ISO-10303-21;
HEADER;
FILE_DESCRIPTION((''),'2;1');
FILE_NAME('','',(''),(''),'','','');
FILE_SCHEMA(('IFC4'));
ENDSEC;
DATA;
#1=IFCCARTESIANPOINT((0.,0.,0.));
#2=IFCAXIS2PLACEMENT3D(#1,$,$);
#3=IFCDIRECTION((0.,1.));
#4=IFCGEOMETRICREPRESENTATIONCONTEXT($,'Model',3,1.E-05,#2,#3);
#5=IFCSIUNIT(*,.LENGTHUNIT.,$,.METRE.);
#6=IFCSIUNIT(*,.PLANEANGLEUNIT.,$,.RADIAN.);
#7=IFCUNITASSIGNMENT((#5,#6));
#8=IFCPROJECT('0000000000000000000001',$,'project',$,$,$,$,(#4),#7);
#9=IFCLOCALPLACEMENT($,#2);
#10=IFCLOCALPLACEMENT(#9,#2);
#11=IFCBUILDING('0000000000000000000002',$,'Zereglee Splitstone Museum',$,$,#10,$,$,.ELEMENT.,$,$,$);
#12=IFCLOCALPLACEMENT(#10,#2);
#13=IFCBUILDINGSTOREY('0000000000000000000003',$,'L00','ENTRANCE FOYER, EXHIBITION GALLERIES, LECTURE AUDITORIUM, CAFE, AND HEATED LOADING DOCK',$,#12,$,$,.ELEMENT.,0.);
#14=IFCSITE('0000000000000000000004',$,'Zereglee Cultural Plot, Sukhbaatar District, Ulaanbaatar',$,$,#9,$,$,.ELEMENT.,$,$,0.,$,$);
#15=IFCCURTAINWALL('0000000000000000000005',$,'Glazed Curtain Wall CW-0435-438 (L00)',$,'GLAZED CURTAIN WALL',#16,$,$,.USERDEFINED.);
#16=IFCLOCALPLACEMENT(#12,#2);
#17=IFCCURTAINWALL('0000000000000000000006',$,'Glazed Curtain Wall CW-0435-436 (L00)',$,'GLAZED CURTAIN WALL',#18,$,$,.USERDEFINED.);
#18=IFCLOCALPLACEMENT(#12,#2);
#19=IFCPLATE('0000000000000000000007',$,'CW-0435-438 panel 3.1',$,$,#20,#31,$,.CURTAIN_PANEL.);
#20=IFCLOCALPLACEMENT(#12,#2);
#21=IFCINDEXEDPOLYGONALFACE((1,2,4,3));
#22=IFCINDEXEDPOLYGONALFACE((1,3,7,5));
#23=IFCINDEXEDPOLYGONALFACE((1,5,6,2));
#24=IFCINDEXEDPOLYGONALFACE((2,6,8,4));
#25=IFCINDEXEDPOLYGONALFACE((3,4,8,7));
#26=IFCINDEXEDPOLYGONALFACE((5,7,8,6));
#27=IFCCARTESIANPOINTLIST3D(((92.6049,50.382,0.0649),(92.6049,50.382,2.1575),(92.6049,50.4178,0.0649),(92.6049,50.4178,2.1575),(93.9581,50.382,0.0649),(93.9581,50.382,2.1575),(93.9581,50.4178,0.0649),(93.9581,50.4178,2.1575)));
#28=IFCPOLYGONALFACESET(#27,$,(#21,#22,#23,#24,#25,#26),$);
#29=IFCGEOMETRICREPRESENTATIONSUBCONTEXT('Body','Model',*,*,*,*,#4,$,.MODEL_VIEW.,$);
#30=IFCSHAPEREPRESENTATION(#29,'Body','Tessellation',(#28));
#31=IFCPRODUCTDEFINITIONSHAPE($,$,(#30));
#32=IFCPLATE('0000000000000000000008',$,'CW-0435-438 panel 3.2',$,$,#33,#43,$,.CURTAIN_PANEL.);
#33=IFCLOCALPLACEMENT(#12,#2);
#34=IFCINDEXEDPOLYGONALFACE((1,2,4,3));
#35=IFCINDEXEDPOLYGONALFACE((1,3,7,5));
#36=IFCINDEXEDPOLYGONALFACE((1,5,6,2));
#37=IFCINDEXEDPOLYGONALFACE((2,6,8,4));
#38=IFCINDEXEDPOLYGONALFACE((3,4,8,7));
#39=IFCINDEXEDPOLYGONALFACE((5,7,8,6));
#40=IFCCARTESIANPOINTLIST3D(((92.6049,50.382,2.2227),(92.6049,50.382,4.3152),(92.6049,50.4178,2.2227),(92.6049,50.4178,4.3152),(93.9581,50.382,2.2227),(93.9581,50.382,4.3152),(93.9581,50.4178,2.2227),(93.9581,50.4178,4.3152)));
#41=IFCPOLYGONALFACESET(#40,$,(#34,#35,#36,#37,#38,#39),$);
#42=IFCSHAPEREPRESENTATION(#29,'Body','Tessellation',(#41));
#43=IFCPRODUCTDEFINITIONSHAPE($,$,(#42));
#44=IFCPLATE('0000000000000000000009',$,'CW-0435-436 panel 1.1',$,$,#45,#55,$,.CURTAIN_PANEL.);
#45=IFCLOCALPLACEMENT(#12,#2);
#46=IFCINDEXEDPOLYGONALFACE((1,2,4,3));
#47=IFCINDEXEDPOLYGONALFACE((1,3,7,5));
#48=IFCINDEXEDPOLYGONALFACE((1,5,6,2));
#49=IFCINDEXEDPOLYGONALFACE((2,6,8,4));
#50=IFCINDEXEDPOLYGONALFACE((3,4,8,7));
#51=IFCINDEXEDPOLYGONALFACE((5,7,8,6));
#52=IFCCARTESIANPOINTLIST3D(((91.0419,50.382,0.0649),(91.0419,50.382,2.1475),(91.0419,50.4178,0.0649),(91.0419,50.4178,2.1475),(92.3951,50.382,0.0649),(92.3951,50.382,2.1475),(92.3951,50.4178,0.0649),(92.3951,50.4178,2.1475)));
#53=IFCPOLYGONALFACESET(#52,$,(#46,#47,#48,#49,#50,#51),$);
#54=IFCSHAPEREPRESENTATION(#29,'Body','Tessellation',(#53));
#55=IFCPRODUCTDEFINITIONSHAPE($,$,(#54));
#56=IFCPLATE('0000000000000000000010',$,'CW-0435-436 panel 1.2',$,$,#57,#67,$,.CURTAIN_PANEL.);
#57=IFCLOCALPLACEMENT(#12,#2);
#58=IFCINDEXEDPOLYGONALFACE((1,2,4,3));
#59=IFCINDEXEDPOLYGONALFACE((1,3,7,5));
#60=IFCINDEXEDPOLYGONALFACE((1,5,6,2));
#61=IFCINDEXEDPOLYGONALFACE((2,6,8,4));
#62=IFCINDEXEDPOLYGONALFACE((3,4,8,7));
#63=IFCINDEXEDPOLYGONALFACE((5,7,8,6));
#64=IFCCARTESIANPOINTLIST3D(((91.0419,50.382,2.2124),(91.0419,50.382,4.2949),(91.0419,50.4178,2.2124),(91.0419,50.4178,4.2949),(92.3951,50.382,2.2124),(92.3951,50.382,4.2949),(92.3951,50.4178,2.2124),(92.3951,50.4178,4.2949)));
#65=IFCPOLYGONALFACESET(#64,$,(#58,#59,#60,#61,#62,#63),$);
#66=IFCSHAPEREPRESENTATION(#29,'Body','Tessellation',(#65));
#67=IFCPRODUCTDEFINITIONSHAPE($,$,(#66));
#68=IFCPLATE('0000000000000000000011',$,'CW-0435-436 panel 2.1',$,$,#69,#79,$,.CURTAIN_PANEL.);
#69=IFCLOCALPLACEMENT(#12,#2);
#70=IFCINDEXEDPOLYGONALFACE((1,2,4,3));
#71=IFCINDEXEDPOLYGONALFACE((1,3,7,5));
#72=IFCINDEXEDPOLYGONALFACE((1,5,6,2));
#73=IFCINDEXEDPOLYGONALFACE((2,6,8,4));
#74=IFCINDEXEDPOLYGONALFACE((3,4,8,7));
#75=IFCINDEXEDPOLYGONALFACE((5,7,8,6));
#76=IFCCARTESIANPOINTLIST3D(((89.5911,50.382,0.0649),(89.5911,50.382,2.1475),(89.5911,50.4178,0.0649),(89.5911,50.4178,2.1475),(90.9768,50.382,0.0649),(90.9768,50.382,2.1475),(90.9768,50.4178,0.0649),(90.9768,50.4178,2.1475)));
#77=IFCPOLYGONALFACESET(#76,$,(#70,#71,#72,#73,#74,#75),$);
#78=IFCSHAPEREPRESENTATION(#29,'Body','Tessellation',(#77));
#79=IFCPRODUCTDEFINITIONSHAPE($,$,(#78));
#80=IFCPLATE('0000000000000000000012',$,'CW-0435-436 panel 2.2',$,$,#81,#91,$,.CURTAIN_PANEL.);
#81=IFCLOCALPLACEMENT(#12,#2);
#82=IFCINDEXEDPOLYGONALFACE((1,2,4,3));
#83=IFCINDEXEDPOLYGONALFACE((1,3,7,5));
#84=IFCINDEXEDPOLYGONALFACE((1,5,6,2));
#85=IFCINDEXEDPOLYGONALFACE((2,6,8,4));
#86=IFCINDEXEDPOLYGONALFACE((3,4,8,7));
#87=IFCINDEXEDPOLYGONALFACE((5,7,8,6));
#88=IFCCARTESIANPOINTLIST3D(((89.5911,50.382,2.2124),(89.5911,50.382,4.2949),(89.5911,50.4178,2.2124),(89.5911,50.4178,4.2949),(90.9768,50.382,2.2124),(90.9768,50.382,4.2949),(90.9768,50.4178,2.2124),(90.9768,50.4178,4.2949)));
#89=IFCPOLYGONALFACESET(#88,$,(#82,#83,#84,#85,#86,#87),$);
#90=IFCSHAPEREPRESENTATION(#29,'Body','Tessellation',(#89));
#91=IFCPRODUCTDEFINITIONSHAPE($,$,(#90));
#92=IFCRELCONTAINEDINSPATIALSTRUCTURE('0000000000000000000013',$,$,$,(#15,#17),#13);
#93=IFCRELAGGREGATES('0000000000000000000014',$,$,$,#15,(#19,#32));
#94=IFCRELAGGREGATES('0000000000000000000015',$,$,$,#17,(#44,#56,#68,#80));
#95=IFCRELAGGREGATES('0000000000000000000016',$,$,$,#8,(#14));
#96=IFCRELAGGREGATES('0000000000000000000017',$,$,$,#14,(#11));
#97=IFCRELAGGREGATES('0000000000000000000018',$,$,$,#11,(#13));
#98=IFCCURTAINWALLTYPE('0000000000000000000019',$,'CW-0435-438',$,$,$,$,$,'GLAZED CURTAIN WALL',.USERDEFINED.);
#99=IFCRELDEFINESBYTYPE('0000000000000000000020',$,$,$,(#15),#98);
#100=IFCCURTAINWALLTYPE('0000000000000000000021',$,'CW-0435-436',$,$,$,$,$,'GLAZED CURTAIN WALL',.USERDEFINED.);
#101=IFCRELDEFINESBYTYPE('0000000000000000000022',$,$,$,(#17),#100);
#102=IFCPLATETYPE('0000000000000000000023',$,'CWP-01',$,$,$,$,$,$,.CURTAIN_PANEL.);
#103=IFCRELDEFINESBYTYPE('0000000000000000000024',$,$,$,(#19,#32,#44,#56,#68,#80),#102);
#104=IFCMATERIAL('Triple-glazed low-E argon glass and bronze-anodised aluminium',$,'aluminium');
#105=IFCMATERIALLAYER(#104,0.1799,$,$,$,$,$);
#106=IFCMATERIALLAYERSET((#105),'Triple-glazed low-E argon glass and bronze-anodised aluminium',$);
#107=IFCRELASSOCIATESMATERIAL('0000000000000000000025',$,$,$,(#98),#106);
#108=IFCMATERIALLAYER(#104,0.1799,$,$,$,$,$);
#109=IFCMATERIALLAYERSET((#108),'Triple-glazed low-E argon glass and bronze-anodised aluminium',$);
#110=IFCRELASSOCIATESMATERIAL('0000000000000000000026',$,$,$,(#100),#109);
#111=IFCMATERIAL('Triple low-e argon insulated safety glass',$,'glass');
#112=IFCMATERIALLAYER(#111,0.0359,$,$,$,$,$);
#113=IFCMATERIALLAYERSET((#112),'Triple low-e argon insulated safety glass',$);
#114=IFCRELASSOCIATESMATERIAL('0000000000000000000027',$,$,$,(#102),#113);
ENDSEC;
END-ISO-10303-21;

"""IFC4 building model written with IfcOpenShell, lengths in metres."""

from ifc_helpers import new_model, si_unit, direction, frame, origin, origin_2d, place, context, subcontext, project, spatial, rectangle, extrude, material, layer, layer_set, type_object, element, aggregate, save


model = new_model("IFC4")

# Units and contexts
model_context = context("Model", 3, precision=1e-05, world=origin(), true_north=direction((0.0, 1.0)))
body_context = subcontext(model_context, "Body", "Model", "MODEL_VIEW")
ifc_project = project(units=[si_unit("LENGTHUNIT", "METRE"), si_unit("PLANEANGLEUNIT", "RADIAN")], contexts=[model_context])

# Site, building, storey
site_placement = place(None, origin())
site = spatial("IfcSite", under=ifc_project, at=site_placement, Name="Zereglee Cultural Plot, Sukhbaatar District, Ulaanbaatar", CompositionType="ELEMENT", RefElevation=0.0)
building_placement = place(site_placement, origin())
building = spatial("IfcBuilding", under=site, at=building_placement, Name="Zereglee Splitstone Museum", CompositionType="ELEMENT")
storey_placement = place(building_placement, origin())
storey = spatial("IfcBuildingStorey", under=building, at=storey_placement, Name="L00", Description="ENTRANCE FOYER, EXHIBITION GALLERIES, LECTURE AUDITORIUM, CAFE, AND HEATED LOADING DOCK", CompositionType="ELEMENT", Elevation=0.0)

# Curtain wall
ifc_material_1 = material(Name="Triple-glazed low-E argon glass and bronze-anodised aluminium", Category="aluminium")
ifc_layer_1 = layer(ifc_material_1, 0.1799)
ifc_layer_set_1 = layer_set([ifc_layer_1], Name="Triple-glazed low-E argon glass and bronze-anodised aluminium")
curtain_wall_type_1 = type_object("IfcCurtainWallType", Name="CW-0435-438", ElementType="GLAZED CURTAIN WALL", PredefinedType="USERDEFINED", material=ifc_layer_set_1)
curtain_wall_1_placement = place(storey_placement, origin())
curtain_wall_1 = element("IfcCurtainWall", 1, at=curtain_wall_1_placement, inside=storey, type_object=curtain_wall_type_1, Name="Glazed Curtain Wall CW-0435-438 (L00)", ObjectType="GLAZED CURTAIN WALL", PredefinedType="USERDEFINED")

# Curtain wall
ifc_layer_2 = layer(ifc_material_1, 0.1799)
ifc_layer_set_2 = layer_set([ifc_layer_2], Name="Triple-glazed low-E argon glass and bronze-anodised aluminium")
curtain_wall_type_2 = type_object("IfcCurtainWallType", Name="CW-0435-436", ElementType="GLAZED CURTAIN WALL", PredefinedType="USERDEFINED", material=ifc_layer_set_2)
curtain_wall_2_placement = place(storey_placement, origin())
curtain_wall_2 = element("IfcCurtainWall", 2, at=curtain_wall_2_placement, inside=storey, type_object=curtain_wall_type_2, Name="Glazed Curtain Wall CW-0435-436 (L00)", ObjectType="GLAZED CURTAIN WALL", PredefinedType="USERDEFINED")

# Plates
ifc_material_2 = material(Name="Triple low-e argon insulated safety glass", Category="glass")
ifc_layer_3 = layer(ifc_material_2, 0.0359)
ifc_layer_set_3 = layer_set([ifc_layer_3], Name="Triple low-e argon insulated safety glass")
plate_type = type_object("IfcPlateType", Name="CWP-01", PredefinedType="CURTAIN_PANEL", material=ifc_layer_set_3)
plate_1_placement = place(storey_placement, frame((93.2815, 50.3999, 0.0649), z_axis=(0.0, 0.0, 1.0), x_axis=(-1.0, 0.0, 0.0)))
plate_1 = element("IfcPlate", 3, at=plate_1_placement, type_object=plate_type, Name="CW-0435-438 panel 3.1", PredefinedType="CURTAIN_PANEL", context=body_context, shape_type="SweptSolid", body=[
    extrude(rectangle(XDim=1.3533, YDim=0.0359, at=origin_2d()), origin(), (0.0, 0.0, 1.0), 2.0925),
])
plate_2_placement = place(storey_placement, frame((93.2815, 50.3999, 2.2227), z_axis=(0.0, 0.0, 1.0), x_axis=(-1.0, 0.0, 0.0)))
plate_2 = element("IfcPlate", 4, at=plate_2_placement, type_object=plate_type, Name="CW-0435-438 panel 3.2", PredefinedType="CURTAIN_PANEL", context=body_context, shape_type="SweptSolid", body=[
    extrude(rectangle(XDim=1.3533, YDim=0.0359, at=origin_2d()), origin(), (0.0, 0.0, 1.0), 2.0925),
])
aggregate(curtain_wall_1, [plate_1, plate_2])
plate_3_placement = place(storey_placement, frame((91.7185, 50.3999, 0.0649), z_axis=(0.0, 0.0, 1.0), x_axis=(-1.0, 0.0, 0.0)))
plate_3 = element("IfcPlate", 5, at=plate_3_placement, type_object=plate_type, Name="CW-0435-436 panel 1.1", PredefinedType="CURTAIN_PANEL", context=body_context, shape_type="SweptSolid", body=[
    extrude(rectangle(XDim=1.3533, YDim=0.0359, at=origin_2d()), origin(), (0.0, 0.0, 1.0), 2.0825),
])
plate_4_placement = place(storey_placement, frame((91.7185, 50.3999, 2.2124), z_axis=(0.0, 0.0, 1.0), x_axis=(-1.0, 0.0, 0.0)))
plate_4 = element("IfcPlate", 6, at=plate_4_placement, type_object=plate_type, Name="CW-0435-436 panel 1.2", PredefinedType="CURTAIN_PANEL", context=body_context, shape_type="SweptSolid", body=[
    extrude(rectangle(XDim=1.3533, YDim=0.0359, at=origin_2d()), origin(), (0.0, 0.0, 1.0), 2.0825),
])
plate_5_placement = place(storey_placement, frame((90.2839, 50.3999, 0.0649), z_axis=(0.0, 0.0, 1.0), x_axis=(-1.0, 0.0, 0.0)))
plate_5 = element("IfcPlate", 7, at=plate_5_placement, type_object=plate_type, Name="CW-0435-436 panel 2.1", PredefinedType="CURTAIN_PANEL", context=body_context, shape_type="SweptSolid", body=[
    extrude(rectangle(XDim=1.3857, YDim=0.0359, at=origin_2d()), origin(), (0.0, 0.0, 1.0), 2.0825),
])
plate_6_placement = place(storey_placement, frame((90.2839, 50.3999, 2.2124), z_axis=(0.0, 0.0, 1.0), x_axis=(-1.0, 0.0, 0.0)))
plate_6 = element("IfcPlate", 8, at=plate_6_placement, type_object=plate_type, Name="CW-0435-436 panel 2.2", PredefinedType="CURTAIN_PANEL", context=body_context, shape_type="SweptSolid", body=[
    extrude(rectangle(XDim=1.3857, YDim=0.0359, at=origin_2d()), origin(), (0.0, 0.0, 1.0), 2.0825),
])
aggregate(curtain_wall_2, [plate_3, plate_4, plate_5, plate_6])

save(model, "model.ifc")
